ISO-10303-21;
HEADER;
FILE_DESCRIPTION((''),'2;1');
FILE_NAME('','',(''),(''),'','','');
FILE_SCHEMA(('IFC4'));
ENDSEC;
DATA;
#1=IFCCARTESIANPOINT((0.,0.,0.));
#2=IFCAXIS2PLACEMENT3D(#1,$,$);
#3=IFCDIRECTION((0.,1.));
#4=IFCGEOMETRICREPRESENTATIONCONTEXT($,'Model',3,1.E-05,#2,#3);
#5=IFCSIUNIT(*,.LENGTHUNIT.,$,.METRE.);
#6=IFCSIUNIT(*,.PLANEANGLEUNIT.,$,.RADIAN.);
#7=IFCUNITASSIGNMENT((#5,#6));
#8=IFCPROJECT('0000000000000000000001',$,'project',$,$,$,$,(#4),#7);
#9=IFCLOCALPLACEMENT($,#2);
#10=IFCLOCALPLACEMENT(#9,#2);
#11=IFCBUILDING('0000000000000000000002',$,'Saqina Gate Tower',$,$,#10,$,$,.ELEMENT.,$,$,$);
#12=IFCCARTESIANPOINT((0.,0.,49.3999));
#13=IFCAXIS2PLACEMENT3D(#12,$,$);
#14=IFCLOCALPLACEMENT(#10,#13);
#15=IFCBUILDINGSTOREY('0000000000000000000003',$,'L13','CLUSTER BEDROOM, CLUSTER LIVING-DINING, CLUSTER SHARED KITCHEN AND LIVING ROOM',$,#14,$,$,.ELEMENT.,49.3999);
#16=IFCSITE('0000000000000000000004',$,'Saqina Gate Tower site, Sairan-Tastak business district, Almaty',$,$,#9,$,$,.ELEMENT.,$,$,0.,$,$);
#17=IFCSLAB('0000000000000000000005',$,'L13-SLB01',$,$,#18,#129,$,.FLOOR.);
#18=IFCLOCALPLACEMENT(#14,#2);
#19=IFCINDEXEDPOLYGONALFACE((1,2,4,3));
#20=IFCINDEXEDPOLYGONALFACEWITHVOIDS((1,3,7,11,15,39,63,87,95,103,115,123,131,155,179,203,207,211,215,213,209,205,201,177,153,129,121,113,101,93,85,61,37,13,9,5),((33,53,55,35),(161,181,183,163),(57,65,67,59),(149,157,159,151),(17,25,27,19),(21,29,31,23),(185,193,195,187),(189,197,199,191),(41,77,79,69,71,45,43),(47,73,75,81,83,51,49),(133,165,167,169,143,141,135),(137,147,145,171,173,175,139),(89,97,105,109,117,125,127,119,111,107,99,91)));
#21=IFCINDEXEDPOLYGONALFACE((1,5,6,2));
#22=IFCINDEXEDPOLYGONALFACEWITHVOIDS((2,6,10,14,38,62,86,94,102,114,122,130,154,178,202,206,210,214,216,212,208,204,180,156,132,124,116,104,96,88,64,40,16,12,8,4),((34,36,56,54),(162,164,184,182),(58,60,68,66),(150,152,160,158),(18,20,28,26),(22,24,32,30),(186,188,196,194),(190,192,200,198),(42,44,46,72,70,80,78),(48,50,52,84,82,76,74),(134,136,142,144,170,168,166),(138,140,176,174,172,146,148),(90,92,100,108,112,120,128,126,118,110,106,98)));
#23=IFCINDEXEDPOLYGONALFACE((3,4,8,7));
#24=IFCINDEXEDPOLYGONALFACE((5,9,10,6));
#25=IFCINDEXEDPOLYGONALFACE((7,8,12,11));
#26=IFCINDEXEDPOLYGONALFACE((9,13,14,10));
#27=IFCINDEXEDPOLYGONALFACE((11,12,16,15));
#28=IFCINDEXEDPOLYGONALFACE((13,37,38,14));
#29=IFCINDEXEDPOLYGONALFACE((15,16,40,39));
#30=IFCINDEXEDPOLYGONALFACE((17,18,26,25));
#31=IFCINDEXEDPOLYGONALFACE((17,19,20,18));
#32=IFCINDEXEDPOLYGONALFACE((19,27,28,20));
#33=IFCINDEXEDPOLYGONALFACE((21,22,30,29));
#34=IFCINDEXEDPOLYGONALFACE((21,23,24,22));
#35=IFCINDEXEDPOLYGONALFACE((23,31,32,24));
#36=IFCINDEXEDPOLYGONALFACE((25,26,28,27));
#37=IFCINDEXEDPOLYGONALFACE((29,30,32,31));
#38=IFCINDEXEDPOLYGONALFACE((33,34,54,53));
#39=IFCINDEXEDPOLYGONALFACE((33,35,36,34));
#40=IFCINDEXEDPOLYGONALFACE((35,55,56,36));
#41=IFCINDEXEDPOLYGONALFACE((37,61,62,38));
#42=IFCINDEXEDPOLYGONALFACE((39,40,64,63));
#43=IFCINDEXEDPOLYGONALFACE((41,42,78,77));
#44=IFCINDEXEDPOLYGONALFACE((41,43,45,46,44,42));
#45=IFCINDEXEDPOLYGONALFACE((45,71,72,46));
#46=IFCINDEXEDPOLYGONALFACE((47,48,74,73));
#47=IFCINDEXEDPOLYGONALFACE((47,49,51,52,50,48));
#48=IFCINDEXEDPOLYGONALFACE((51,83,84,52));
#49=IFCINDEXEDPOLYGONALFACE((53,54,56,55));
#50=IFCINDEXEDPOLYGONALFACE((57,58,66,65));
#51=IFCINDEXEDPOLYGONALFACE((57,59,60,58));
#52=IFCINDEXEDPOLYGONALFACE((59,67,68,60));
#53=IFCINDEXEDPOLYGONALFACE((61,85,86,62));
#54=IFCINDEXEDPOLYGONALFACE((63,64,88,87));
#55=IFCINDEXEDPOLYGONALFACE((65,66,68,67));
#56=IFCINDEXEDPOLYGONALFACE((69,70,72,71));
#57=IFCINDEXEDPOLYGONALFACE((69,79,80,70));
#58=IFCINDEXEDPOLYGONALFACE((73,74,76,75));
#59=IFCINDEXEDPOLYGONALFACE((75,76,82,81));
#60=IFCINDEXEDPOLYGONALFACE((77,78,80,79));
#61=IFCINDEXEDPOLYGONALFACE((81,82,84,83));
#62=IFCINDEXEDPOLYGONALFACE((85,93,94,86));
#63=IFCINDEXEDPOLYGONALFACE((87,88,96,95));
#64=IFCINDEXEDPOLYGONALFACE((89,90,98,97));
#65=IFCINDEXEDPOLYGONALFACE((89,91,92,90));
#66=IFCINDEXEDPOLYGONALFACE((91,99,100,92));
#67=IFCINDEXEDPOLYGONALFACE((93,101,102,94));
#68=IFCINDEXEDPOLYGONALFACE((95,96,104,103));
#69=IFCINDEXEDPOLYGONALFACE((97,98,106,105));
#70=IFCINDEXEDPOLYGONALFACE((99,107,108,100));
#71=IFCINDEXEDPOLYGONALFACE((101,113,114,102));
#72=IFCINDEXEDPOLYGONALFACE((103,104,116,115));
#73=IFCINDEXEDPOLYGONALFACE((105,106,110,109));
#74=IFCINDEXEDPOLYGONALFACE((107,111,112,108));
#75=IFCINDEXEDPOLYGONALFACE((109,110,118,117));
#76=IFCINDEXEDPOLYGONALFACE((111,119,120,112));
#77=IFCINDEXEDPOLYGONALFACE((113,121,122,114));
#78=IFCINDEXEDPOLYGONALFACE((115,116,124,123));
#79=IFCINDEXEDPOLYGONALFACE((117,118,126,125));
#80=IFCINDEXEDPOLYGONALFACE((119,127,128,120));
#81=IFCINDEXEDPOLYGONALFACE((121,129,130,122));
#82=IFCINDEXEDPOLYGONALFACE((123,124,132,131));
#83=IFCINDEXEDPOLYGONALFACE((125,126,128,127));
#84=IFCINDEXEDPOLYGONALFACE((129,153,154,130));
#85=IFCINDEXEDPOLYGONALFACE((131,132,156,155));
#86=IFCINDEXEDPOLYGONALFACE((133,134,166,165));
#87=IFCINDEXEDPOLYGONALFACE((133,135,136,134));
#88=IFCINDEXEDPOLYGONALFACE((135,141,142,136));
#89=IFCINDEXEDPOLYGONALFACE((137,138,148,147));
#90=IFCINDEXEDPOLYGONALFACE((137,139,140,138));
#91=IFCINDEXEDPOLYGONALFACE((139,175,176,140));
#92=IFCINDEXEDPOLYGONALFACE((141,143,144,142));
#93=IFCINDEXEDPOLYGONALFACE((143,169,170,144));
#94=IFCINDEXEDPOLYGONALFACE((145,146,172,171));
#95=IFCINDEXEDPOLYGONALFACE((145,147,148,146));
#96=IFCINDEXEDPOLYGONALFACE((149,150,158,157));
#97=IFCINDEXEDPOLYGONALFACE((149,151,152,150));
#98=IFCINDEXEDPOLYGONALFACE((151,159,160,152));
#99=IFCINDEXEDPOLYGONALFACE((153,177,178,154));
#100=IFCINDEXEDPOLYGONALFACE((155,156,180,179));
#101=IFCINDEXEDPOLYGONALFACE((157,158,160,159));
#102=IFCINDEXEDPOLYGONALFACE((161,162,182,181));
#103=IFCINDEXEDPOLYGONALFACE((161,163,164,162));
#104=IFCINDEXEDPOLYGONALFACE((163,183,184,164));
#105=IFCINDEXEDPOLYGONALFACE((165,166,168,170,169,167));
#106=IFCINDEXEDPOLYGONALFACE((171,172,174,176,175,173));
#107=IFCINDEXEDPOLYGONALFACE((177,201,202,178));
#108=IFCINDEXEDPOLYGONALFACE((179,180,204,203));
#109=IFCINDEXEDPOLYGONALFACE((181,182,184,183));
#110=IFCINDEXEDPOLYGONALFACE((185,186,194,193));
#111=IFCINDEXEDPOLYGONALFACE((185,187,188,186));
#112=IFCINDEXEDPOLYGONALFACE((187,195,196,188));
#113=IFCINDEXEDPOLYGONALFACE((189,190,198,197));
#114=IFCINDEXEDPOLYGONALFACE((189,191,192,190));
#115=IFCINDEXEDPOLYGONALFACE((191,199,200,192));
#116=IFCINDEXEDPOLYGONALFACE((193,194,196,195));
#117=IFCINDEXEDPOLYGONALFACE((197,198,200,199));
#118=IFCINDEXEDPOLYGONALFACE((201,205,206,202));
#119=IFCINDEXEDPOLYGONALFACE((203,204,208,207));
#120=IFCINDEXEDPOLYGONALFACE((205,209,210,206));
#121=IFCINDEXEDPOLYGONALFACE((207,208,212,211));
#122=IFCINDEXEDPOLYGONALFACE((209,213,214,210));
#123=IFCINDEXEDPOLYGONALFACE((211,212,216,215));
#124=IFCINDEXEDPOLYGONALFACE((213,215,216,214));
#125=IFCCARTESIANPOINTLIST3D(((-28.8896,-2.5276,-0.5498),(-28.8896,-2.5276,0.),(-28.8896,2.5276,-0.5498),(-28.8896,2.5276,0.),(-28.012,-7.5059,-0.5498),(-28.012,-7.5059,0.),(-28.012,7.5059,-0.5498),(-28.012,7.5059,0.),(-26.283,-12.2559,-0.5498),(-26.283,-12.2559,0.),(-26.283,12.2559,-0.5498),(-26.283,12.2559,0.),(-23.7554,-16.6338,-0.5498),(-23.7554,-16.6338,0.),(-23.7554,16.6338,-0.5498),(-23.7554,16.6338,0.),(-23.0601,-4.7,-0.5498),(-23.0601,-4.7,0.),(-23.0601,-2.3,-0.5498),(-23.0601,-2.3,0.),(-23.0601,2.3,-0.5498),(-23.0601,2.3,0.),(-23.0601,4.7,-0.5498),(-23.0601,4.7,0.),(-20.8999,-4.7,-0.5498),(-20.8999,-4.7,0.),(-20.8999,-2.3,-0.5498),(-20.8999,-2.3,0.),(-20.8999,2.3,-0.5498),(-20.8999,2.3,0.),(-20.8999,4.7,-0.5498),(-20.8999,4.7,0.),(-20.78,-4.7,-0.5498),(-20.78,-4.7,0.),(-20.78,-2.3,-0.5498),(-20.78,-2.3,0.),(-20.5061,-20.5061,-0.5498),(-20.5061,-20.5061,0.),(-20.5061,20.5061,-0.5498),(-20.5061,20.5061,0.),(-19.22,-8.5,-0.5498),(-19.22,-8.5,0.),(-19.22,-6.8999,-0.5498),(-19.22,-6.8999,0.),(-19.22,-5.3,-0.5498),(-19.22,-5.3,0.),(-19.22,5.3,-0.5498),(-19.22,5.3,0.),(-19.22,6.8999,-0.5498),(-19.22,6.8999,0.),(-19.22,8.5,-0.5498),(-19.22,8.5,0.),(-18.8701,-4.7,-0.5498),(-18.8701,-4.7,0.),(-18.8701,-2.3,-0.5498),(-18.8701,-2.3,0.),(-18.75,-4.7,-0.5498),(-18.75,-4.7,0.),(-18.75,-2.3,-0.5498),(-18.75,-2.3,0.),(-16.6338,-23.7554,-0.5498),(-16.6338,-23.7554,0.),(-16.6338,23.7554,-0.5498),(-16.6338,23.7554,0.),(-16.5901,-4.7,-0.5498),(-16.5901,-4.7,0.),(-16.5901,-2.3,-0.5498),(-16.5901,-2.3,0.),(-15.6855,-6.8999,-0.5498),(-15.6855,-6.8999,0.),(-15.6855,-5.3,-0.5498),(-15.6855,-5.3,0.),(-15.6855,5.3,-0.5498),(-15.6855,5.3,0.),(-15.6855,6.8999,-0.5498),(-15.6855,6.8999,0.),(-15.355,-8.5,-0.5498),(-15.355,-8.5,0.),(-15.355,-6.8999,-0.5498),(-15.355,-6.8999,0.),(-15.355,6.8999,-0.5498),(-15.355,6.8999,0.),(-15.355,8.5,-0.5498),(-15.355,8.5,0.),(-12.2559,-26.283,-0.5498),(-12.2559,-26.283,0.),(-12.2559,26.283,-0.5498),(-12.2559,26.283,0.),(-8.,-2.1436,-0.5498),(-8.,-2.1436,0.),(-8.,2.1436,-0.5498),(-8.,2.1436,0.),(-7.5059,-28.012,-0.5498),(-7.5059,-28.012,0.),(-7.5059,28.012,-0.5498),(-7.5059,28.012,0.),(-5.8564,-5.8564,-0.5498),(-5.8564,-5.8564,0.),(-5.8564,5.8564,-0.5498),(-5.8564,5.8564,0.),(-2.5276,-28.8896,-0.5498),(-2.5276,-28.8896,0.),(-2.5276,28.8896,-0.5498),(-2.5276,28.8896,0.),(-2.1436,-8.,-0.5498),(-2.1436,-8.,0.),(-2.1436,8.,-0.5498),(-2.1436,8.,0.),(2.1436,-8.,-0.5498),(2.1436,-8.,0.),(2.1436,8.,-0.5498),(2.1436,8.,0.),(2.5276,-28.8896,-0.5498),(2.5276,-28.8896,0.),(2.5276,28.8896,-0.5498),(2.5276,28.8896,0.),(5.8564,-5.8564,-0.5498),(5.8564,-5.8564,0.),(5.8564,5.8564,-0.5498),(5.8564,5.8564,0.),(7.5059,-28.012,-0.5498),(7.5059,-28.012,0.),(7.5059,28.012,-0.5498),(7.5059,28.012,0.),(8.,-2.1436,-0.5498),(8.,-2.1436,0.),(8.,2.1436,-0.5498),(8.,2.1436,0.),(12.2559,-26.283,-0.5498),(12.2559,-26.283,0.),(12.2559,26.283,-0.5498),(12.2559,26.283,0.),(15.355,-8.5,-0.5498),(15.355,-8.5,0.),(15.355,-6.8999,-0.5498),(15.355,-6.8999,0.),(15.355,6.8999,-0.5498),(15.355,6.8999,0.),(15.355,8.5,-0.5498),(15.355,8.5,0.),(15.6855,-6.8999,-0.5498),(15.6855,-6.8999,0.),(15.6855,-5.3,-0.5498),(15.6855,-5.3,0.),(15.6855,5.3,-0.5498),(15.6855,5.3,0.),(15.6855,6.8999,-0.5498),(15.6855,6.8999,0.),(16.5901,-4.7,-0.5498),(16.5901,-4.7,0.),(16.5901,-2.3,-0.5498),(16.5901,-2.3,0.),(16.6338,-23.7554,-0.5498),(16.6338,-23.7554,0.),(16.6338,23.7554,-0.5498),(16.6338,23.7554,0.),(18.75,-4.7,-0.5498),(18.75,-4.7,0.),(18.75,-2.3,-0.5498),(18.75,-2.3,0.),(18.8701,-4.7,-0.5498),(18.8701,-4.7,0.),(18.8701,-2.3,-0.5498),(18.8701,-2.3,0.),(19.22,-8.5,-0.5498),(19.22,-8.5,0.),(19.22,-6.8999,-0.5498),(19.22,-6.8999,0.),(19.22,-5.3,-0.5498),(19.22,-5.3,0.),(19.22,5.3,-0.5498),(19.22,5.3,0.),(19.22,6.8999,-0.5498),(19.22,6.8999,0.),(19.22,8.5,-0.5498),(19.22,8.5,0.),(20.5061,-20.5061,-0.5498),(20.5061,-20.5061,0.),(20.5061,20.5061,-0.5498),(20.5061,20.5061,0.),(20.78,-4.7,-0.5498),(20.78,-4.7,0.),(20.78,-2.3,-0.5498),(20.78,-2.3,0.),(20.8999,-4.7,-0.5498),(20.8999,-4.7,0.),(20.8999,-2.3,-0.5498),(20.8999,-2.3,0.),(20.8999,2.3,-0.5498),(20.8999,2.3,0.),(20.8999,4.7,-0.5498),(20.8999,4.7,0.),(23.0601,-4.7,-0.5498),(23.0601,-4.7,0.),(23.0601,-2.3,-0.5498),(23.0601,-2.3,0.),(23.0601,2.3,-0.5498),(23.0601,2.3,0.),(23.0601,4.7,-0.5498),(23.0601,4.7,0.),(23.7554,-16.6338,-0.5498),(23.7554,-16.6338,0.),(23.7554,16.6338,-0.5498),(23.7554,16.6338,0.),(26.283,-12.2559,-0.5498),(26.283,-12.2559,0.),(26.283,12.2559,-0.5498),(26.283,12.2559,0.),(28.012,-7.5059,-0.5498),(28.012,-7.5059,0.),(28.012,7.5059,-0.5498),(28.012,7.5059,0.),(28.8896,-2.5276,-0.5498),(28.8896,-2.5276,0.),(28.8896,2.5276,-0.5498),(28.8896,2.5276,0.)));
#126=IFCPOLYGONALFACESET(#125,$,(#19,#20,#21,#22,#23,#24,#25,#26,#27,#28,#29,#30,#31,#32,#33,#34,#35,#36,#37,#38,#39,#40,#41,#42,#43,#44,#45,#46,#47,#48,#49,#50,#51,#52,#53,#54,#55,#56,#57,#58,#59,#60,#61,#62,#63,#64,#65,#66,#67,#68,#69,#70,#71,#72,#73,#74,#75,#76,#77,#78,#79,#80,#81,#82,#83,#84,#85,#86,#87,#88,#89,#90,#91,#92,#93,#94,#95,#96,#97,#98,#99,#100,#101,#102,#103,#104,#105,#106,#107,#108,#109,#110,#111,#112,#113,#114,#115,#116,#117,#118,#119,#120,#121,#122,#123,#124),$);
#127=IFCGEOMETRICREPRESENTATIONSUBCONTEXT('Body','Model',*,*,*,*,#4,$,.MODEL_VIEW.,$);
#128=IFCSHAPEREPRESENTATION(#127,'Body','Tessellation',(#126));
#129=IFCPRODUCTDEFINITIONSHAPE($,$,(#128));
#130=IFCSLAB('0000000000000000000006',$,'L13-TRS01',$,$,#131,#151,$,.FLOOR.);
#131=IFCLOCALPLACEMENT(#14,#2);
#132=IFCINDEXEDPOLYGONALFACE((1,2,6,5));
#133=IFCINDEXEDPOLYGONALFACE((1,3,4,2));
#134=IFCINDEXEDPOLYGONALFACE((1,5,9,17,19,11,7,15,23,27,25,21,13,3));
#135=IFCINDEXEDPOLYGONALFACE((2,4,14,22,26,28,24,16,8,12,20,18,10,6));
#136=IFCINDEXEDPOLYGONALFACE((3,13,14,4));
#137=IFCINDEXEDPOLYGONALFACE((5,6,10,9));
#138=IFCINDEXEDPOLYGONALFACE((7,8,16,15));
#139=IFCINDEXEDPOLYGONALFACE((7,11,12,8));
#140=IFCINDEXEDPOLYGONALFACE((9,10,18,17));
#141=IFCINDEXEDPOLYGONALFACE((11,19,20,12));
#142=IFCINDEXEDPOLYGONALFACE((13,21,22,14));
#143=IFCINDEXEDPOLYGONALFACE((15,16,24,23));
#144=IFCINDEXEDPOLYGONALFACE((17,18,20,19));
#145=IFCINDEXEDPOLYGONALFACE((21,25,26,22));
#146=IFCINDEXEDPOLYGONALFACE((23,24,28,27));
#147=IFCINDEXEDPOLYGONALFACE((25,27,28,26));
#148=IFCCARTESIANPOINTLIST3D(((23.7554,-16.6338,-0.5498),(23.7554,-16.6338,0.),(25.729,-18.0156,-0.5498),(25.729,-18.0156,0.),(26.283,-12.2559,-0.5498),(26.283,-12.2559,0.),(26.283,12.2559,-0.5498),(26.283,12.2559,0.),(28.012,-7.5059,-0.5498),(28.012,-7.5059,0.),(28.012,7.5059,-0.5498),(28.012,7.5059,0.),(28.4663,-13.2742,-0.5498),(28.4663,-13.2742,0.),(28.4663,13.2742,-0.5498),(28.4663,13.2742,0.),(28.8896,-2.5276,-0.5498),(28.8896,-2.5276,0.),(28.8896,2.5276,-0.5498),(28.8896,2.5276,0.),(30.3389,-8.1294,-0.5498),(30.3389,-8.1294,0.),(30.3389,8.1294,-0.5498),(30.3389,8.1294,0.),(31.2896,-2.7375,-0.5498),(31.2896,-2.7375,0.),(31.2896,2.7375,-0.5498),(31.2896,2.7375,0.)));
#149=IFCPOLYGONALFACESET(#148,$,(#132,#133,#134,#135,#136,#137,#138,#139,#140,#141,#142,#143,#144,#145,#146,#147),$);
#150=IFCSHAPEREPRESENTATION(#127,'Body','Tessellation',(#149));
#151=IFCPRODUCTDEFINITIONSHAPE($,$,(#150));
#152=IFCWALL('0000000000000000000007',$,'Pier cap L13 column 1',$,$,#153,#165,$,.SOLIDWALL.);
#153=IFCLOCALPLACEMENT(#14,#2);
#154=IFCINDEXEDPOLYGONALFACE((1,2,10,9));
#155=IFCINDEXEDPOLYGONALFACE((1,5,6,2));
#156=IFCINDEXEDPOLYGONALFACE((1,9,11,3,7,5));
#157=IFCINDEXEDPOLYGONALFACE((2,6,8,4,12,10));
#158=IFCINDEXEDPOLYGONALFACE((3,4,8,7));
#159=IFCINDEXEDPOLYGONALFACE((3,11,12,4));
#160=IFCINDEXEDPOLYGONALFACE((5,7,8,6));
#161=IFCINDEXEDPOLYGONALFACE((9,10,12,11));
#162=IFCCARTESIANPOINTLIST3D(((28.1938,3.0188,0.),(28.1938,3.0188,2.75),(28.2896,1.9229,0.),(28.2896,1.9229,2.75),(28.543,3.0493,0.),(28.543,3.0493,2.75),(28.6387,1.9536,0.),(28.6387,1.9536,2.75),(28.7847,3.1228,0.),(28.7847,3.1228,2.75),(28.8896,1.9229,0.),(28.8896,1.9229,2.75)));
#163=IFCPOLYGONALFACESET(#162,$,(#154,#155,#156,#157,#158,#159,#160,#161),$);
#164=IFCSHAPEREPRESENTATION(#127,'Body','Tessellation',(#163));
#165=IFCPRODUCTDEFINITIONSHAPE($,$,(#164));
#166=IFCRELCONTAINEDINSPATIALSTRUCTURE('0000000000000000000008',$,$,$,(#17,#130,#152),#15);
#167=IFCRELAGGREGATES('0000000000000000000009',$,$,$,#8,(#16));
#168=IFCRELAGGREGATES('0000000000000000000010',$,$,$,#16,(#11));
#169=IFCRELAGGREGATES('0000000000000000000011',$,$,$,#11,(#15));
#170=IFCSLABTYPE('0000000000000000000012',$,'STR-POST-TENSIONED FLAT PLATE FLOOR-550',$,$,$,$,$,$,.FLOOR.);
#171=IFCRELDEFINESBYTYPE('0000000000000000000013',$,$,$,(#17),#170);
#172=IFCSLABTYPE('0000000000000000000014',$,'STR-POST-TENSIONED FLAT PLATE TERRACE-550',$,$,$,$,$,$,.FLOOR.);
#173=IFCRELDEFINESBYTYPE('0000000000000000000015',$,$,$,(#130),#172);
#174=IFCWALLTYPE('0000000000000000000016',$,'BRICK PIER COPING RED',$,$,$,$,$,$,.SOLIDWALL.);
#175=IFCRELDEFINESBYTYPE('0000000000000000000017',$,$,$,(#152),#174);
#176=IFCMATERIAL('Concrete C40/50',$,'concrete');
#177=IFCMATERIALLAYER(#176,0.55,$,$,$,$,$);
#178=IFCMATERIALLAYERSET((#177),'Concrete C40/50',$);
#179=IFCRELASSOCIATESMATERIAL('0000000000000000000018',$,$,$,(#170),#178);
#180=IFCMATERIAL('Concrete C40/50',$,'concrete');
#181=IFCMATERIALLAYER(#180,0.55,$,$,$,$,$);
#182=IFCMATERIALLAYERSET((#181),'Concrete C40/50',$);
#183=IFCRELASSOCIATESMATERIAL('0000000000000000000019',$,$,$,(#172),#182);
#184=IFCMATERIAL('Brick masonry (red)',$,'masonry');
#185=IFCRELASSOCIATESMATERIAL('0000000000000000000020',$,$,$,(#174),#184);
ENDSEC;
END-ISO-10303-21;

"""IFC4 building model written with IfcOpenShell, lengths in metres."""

from ifc_helpers import new_model, si_unit, direction, frame, origin, place, context, subcontext, project, spatial, polyline, outline, extrude, material, layer, layer_set, type_object, element, save


model = new_model("IFC4")

# Units and contexts
model_context = context("Model", 3, precision=1e-05, world=origin(), true_north=direction((0.0, 1.0)))
body_context = subcontext(model_context, "Body", "Model", "MODEL_VIEW")
ifc_project = project(units=[si_unit("LENGTHUNIT", "METRE"), si_unit("PLANEANGLEUNIT", "RADIAN")], contexts=[model_context])

# Site, building, storey
site_placement = place(None, origin())
site = spatial("IfcSite", under=ifc_project, at=site_placement, Name="Saqina Gate Tower site, Sairan-Tastak business district, Almaty", CompositionType="ELEMENT", RefElevation=0.0)
building_placement = place(site_placement, origin())
building = spatial("IfcBuilding", under=site, at=building_placement, Name="Saqina Gate Tower", CompositionType="ELEMENT")
storey_placement = place(building_placement, frame((0.0, 0.0, 49.3999)))
storey = spatial("IfcBuildingStorey", under=building, at=storey_placement, Name="L13", Description="CLUSTER BEDROOM, CLUSTER LIVING-DINING, CLUSTER SHARED KITCHEN AND LIVING ROOM", CompositionType="ELEMENT", Elevation=49.3999)

# Slabs
ifc_material_1 = material(Name="Concrete C40/50", Category="concrete")
ifc_layer_1 = layer(ifc_material_1, 0.55)
ifc_layer_set_1 = layer_set([ifc_layer_1], Name="Concrete C40/50")
slab_type_1 = type_object("IfcSlabType", Name="STR-POST-TENSIONED FLAT PLATE FLOOR-550", PredefinedType="FLOOR", material=ifc_layer_set_1)
slab_1_placement = place(storey_placement, frame((0.0, 0.0, -0.5498)))
element("IfcSlab", 1, at=slab_1_placement, inside=storey, type_object=slab_type_1, Name="L13-SLB01", PredefinedType="FLOOR", context=body_context, shape_type="SweptSolid", body=[
    extrude(outline(polyline([(28.012, -7.5059), (28.8896, -2.5276), (28.8896, 2.5276), (28.012, 7.5059), (26.283, 12.2559), (23.7554, 16.6338), (20.5061, 20.5061), (16.6338, 23.7554), (12.2559, 26.283), (7.5059, 28.012), (2.5276, 28.8896), (-2.5276, 28.8896), (-7.5059, 28.012), (-12.2559, 26.283), (-16.6338, 23.7554), (-20.5061, 20.5061), (-23.7554, 16.6338), (-26.283, 12.2559), (-28.012, 7.5059), (-28.8896, 2.5276), (-28.8896, -2.5276), (-28.012, -7.5059), (-26.283, -12.2559), (-23.7554, -16.6338), (-20.5061, -20.5061), (-16.6338, -23.7554), (-12.2559, -26.283), (-7.5059, -28.012), (-2.5276, -28.8896), (2.5276, -28.8896), (7.5059, -28.012), (12.2559, -26.283), (16.6338, -23.7554), (20.5061, -20.5061), (23.7554, -16.6338), (26.283, -12.2559), (28.012, -7.5059)]), holes=[polyline([(2.1436, 8.0), (5.8564, 5.8564), (8.0, 2.1436), (8.0, -2.1436), (5.8564, -5.8564), (2.1436, -8.0), (-2.1436, -8.0), (-5.8564, -5.8564), (-8.0, -2.1436), (-8.0, 2.1436), (-5.8564, 5.8564), (-2.1436, 8.0), (2.1436, 8.0)]), polyline([(-19.22, -8.5), (-19.22, -6.8999), (-19.22, -5.3), (-15.6855, -5.3), (-15.6855, -6.8999), (-15.355, -6.8999), (-15.355, -8.5), (-19.22, -8.5)]), polyline([(-20.8999, -2.3), (-20.8999, -4.7), (-23.0601, -4.7), (-23.0601, -2.3), (-20.8999, -2.3)]), polyline([(-18.8701, -2.3), (-18.8701, -4.7), (-20.78, -4.7), (-20.78, -2.3), (-18.8701, -2.3)]), polyline([(-16.5901, -2.3), (-16.5901, -4.7), (-18.75, -4.7), (-18.75, -2.3), (-16.5901, -2.3)]), polyline([(-20.8999, 4.7), (-20.8999, 2.3), (-23.0601, 2.3), (-23.0601, 4.7), (-20.8999, 4.7)]), polyline([(-19.22, 6.8999), (-19.22, 8.5), (-15.355, 8.5), (-15.355, 6.8999), (-15.6855, 6.8999), (-15.6855, 5.3), (-19.22, 5.3), (-19.22, 6.8999)]), polyline([(15.355, -6.8999), (15.6855, -6.8999), (15.6855, -5.3), (19.22, -5.3), (19.22, -6.8999), (19.22, -8.5), (15.355, -8.5), (15.355, -6.8999)]), polyline([(18.75, -2.3), (18.75, -4.7), (16.5901, -4.7), (16.5901, -2.3), (18.75, -2.3)]), polyline([(20.78, -2.3), (20.78, -4.7), (18.8701, -4.7), (18.8701, -2.3), (20.78, -2.3)]), polyline([(23.0601, -2.3), (23.0601, -4.7), (20.8999, -4.7), (20.8999, -2.3), (23.0601, -2.3)]), polyline([(23.0601, 4.7), (23.0601, 2.3), (20.8999, 2.3), (20.8999, 4.7), (23.0601, 4.7)]), polyline([(15.6855, 6.8999), (15.355, 6.8999), (15.355, 8.5), (19.22, 8.5), (19.22, 6.8999), (19.22, 5.3), (15.6855, 5.3), (15.6855, 6.8999)])]), origin(), (0.0, 0.0, 1.0), 0.5498),
])
ifc_material_2 = material(Name="Concrete C40/50", Category="concrete")
ifc_layer_2 = layer(ifc_material_2, 0.55)
ifc_layer_set_2 = layer_set([ifc_layer_2], Name="Concrete C40/50")
slab_type_2 = type_object("IfcSlabType", Name="STR-POST-TENSIONED FLAT PLATE TERRACE-550", PredefinedType="FLOOR", material=ifc_layer_set_2)
slab_2_placement = place(storey_placement, frame((0.0, 0.0, -0.5498)))
element("IfcSlab", 2, at=slab_2_placement, inside=storey, type_object=slab_type_2, Name="L13-TRS01", PredefinedType="FLOOR", context=body_context, shape_type="SweptSolid", body=[
    extrude(outline(polyline([(23.7554, -16.6338), (26.283, -12.2559), (28.012, -7.5059), (28.8896, -2.5276), (28.8896, 2.5276), (28.012, 7.5059), (26.283, 12.2559), (28.4663, 13.2742), (30.3389, 8.1294), (31.2896, 2.7375), (31.2896, -2.7375), (30.3389, -8.1294), (28.4663, -13.2742), (25.729, -18.0156), (23.7554, -16.6338)])), origin(), (0.0, 0.0, 1.0), 0.5498),
])

# Wall
ifc_material_3 = material(Name="Brick masonry (red)", Category="masonry")
wall_type_1 = type_object("IfcWallType", Name="BRICK PIER COPING RED", PredefinedType="SOLIDWALL", material=ifc_material_3)
wall_1_placement = place(storey_placement, origin())
element("IfcWall", 3, at=wall_1_placement, inside=storey, type_object=wall_type_1, Name="Pier cap L13 column 1", PredefinedType="SOLIDWALL", context=body_context, shape_type="SweptSolid", body=[
    extrude(outline(polyline([(28.8896, 1.9229), (28.7847, 3.1228), (28.1938, 3.0188), (28.543, 3.0493), (28.6387, 1.9536), (28.2896, 1.9229), (28.8896, 1.9229)])), origin(), (0.0, 0.0, 1.0), 2.75),
])

save(model, "model.ifc")
